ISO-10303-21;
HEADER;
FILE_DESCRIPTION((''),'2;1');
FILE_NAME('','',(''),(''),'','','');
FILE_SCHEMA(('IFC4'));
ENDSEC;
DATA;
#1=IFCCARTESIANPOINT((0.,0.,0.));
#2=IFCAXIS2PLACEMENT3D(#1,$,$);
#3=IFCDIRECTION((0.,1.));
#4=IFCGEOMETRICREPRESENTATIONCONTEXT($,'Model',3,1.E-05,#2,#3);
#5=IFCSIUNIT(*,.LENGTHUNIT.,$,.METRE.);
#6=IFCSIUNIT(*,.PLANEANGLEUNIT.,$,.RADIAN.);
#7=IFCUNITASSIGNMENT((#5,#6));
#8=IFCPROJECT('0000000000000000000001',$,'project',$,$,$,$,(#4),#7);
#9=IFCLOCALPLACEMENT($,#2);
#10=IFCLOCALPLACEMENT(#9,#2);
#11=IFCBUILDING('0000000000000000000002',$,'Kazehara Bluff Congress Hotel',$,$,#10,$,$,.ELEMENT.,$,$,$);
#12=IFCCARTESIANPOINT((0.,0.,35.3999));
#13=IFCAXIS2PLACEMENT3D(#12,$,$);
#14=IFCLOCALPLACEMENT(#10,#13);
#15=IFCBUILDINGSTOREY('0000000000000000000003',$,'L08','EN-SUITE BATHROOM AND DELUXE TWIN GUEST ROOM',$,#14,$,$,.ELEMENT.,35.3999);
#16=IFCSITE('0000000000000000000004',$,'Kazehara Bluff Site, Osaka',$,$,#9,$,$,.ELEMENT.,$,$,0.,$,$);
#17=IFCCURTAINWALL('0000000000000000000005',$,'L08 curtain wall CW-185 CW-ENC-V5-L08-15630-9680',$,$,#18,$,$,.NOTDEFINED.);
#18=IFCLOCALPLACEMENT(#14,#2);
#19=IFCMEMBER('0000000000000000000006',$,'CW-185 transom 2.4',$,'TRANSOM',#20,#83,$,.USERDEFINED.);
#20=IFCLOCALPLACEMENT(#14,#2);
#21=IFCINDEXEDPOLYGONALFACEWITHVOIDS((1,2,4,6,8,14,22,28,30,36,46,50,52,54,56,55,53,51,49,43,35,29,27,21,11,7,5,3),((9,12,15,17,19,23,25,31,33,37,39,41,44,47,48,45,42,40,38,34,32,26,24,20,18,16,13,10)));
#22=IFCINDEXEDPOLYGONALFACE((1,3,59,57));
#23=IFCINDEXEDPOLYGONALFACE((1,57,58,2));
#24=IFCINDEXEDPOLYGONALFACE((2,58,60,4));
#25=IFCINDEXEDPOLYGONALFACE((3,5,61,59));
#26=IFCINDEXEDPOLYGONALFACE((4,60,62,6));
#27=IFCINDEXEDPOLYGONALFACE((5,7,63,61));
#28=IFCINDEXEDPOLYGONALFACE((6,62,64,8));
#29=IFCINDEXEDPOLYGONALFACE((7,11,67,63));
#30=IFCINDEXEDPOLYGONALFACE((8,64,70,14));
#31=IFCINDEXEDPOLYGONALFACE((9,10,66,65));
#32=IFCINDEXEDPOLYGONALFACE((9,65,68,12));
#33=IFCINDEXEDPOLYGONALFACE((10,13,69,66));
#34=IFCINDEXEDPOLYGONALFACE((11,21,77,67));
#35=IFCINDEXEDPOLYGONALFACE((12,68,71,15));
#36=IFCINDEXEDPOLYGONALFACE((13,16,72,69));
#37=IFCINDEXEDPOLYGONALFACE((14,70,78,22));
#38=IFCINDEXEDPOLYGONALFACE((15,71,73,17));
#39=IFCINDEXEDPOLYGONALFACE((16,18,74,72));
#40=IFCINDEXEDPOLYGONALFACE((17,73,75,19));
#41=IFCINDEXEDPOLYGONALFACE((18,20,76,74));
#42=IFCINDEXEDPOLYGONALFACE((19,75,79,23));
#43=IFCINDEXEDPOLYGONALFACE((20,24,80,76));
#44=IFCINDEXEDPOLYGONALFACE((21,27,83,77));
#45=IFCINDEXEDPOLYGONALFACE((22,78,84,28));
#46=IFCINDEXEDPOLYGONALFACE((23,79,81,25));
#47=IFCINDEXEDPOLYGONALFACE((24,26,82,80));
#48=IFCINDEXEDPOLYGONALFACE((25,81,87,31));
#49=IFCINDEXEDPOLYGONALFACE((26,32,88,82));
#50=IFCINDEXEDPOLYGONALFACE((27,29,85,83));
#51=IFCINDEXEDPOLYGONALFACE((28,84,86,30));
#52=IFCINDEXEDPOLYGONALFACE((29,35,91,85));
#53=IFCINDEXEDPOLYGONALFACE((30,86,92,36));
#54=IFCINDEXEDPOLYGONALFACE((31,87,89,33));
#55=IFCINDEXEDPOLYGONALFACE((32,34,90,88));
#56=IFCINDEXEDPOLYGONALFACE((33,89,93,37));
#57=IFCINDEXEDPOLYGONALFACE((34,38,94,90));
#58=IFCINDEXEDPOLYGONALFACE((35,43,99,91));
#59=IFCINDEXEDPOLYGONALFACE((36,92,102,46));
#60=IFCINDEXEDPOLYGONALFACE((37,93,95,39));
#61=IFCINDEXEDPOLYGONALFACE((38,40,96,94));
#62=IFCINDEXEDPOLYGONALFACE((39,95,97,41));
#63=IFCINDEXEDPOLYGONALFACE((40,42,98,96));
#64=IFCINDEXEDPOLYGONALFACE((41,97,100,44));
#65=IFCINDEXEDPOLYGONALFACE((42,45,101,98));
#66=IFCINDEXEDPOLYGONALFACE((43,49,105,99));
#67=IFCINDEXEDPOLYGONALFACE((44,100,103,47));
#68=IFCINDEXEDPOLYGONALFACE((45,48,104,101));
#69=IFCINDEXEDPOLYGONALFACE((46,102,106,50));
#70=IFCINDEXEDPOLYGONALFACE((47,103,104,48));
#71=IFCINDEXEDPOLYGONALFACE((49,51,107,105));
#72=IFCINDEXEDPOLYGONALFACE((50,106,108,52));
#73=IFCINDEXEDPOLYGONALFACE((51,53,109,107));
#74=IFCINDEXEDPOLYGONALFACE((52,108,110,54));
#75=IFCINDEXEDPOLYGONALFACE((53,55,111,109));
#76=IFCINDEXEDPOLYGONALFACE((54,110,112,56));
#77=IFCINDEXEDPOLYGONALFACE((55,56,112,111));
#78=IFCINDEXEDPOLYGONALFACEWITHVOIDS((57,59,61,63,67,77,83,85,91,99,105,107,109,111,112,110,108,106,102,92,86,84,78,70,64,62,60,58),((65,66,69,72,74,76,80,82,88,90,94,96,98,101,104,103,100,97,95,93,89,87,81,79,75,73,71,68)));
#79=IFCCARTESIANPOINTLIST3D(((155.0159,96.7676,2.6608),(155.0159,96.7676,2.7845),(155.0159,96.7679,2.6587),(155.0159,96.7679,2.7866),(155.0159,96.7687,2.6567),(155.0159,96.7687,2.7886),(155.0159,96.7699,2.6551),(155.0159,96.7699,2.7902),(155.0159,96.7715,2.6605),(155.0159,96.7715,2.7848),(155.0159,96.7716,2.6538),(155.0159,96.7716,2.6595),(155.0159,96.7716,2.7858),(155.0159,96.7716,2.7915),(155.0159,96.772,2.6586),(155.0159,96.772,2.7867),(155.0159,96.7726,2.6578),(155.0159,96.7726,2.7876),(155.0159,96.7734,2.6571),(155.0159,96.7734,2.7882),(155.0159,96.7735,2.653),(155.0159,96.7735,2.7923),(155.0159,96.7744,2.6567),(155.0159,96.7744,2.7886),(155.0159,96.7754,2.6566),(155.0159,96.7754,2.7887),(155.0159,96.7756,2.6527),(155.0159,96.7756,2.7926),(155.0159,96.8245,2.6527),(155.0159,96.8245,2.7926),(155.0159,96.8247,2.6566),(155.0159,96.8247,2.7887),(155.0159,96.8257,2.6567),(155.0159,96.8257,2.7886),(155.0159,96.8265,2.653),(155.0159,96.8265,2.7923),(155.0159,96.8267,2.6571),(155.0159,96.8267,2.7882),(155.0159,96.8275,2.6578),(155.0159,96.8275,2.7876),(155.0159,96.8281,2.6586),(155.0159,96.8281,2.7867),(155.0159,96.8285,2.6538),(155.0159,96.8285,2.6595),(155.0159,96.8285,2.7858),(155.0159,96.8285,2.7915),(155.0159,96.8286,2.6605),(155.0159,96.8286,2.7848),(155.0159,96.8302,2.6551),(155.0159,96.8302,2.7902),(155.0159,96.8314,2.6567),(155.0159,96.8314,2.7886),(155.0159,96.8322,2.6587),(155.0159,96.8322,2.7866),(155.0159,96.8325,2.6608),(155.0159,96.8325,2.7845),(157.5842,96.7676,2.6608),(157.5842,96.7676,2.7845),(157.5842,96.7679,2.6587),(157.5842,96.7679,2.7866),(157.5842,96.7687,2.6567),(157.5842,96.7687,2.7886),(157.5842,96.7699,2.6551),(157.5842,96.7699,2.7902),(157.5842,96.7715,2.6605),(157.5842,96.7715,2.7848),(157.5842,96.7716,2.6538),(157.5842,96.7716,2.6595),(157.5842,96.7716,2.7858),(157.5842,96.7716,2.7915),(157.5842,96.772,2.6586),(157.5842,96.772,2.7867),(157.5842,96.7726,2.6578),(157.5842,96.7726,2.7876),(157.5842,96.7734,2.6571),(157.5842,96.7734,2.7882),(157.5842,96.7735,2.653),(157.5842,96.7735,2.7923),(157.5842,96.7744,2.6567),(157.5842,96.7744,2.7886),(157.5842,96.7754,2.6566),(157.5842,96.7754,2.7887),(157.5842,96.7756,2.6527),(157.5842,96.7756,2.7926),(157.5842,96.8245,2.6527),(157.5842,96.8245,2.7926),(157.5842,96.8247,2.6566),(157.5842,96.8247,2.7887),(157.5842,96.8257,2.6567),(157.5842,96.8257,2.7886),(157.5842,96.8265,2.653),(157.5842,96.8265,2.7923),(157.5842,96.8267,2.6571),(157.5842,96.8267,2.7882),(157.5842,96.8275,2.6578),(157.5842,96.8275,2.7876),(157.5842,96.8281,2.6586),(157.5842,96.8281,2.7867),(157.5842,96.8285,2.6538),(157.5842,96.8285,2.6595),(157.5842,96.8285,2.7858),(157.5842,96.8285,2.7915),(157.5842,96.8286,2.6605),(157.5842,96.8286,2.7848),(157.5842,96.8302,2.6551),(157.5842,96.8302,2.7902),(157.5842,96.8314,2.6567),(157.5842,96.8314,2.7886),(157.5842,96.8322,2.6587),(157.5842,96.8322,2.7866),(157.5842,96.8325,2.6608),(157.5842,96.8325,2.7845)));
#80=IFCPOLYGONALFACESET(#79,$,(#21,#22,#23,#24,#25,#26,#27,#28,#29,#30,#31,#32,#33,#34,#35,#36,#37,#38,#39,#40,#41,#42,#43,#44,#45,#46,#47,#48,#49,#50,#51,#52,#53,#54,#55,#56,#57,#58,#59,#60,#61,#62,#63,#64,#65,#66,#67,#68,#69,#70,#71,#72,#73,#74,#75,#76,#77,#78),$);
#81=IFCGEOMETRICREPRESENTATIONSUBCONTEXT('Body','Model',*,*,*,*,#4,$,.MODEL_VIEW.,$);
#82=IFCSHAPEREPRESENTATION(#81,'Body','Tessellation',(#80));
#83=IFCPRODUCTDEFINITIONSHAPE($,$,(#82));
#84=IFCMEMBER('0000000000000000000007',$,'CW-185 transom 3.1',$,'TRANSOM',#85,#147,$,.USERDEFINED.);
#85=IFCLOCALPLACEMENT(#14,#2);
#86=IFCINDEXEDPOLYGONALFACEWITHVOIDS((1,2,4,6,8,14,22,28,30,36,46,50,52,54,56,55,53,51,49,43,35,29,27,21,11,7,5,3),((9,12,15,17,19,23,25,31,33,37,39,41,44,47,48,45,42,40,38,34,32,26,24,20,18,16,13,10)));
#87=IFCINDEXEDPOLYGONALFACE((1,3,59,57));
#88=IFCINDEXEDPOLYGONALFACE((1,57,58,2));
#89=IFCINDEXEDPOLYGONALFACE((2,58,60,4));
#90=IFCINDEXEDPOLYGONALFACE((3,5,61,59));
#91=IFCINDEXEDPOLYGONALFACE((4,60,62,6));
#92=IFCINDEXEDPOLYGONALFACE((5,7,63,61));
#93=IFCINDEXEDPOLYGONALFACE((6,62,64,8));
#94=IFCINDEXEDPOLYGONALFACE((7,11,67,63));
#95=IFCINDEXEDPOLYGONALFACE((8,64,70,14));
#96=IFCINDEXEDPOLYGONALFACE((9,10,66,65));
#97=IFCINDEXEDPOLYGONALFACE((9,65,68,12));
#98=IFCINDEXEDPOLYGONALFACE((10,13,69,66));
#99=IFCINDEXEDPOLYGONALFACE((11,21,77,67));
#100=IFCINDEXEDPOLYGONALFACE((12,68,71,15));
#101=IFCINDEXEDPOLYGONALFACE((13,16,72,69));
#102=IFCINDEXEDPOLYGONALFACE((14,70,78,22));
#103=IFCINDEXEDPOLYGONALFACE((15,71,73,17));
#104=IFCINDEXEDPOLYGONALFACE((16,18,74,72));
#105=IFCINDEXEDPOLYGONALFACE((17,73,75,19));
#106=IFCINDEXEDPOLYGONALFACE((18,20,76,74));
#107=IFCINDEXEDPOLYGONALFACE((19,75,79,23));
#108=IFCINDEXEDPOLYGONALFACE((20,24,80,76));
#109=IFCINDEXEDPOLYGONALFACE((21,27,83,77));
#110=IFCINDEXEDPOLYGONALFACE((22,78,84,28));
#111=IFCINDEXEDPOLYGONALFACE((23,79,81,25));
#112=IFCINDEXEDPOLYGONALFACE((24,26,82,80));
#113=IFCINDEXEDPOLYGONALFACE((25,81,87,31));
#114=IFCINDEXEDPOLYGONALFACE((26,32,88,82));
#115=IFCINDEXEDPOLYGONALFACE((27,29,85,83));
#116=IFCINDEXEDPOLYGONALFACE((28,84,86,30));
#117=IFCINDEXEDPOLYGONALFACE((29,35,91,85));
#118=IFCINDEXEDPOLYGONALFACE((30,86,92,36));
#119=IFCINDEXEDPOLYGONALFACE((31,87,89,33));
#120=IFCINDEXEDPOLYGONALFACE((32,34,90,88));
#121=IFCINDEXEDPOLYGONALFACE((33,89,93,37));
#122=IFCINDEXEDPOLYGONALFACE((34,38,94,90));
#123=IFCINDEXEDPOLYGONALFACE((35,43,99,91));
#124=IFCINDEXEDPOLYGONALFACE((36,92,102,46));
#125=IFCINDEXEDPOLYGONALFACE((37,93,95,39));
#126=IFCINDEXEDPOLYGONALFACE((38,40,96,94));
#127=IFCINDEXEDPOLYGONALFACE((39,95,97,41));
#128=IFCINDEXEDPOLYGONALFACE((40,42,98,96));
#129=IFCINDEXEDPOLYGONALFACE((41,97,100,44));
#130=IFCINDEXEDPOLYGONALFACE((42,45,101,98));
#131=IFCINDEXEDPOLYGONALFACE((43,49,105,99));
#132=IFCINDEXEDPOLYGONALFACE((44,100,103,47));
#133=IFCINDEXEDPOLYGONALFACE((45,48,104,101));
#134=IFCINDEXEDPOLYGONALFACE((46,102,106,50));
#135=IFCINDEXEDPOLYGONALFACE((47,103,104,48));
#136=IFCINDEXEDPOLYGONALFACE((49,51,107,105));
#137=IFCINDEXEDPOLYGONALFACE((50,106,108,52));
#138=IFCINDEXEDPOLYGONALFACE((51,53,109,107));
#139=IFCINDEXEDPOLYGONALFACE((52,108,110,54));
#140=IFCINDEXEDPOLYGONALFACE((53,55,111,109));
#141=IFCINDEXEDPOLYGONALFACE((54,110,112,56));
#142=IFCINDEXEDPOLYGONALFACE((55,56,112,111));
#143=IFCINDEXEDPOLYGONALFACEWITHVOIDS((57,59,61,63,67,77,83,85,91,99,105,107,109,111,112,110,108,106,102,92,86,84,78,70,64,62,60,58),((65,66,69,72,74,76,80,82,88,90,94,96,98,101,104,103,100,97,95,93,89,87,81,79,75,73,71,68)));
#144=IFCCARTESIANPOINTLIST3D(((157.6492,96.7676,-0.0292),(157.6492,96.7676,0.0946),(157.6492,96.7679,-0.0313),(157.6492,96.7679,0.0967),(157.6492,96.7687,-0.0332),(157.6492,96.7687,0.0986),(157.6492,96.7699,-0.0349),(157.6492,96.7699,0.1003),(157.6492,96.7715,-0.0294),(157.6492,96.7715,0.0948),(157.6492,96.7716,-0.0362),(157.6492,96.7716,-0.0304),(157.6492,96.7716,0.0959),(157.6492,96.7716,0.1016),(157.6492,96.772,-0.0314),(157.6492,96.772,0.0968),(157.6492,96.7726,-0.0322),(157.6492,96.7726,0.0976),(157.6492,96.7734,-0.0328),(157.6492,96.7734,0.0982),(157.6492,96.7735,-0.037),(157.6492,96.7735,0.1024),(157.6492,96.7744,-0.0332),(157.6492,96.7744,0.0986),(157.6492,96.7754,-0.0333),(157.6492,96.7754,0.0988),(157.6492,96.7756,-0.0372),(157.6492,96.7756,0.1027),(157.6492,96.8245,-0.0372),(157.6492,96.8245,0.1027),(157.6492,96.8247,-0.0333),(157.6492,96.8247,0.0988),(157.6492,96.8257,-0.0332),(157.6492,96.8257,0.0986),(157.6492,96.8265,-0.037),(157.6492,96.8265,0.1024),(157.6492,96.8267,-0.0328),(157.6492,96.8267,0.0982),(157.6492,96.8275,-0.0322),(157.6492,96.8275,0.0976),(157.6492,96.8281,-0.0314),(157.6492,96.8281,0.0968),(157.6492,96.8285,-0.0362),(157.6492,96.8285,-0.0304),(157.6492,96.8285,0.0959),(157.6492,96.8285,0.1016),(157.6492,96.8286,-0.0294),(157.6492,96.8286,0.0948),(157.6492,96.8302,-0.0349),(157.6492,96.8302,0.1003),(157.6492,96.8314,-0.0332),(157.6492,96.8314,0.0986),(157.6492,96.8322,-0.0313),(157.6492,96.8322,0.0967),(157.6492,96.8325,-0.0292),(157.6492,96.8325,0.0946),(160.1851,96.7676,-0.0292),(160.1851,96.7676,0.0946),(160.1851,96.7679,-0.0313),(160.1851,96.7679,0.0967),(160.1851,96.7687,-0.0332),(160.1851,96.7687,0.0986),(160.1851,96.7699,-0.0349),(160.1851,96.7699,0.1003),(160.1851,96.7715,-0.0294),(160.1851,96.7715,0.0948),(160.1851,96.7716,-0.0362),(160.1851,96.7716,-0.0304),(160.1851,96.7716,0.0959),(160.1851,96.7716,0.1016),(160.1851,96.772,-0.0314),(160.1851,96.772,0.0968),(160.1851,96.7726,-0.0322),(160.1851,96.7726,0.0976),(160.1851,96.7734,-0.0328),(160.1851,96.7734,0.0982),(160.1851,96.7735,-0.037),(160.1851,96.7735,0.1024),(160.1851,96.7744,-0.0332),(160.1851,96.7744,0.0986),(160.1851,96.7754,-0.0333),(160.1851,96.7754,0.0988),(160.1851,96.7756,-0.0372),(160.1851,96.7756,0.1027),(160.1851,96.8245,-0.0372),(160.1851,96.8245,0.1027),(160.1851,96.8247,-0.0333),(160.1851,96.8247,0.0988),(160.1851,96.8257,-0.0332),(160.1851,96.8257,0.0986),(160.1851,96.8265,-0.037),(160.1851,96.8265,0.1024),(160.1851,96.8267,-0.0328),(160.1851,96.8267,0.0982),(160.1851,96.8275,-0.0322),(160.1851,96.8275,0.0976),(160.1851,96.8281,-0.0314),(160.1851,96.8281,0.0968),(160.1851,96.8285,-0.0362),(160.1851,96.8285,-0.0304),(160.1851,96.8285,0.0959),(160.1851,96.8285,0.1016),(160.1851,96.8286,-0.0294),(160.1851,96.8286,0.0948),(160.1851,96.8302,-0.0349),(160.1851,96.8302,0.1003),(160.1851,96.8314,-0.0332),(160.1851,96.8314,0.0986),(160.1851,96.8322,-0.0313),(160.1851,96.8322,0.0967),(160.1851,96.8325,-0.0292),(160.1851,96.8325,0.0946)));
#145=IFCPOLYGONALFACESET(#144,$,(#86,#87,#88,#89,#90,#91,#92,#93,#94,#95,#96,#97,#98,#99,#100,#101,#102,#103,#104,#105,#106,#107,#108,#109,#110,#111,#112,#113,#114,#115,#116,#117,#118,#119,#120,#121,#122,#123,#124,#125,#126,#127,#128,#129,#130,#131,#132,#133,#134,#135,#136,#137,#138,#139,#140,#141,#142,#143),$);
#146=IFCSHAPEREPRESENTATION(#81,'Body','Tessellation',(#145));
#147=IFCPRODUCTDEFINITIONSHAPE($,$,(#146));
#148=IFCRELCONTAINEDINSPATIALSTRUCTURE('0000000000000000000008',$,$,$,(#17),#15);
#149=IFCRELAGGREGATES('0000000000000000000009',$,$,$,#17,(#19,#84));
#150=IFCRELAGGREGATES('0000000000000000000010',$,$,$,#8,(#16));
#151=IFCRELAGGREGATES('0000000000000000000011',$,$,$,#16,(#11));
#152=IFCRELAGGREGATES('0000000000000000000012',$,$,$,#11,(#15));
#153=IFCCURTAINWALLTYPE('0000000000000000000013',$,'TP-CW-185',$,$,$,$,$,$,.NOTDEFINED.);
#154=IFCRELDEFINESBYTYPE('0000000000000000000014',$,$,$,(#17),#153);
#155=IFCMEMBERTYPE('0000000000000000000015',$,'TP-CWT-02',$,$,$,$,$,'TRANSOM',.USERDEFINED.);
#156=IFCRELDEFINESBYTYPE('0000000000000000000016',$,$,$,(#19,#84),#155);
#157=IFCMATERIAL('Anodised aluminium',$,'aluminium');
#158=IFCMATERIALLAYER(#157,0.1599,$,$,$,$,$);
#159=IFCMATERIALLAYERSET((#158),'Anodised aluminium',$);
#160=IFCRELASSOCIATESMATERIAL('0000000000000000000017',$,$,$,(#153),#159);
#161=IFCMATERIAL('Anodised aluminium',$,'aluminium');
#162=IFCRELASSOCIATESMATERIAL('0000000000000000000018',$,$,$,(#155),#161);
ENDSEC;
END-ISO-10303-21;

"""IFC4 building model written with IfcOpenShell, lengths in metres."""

from ifc_helpers import new_model, si_unit, direction, frame, origin, origin_2d, place, context, subcontext, project, spatial, hollow_rectangle, extrude, material, layer, layer_set, material_profile, profile_set, type_object, element, aggregate, save


model = new_model("IFC4")

# Units and contexts
model_context = context("Model", 3, precision=1e-05, world=origin(), true_north=direction((0.0, 1.0)))
body_context = subcontext(model_context, "Body", "Model", "MODEL_VIEW")
ifc_project = project(units=[si_unit("LENGTHUNIT", "METRE"), si_unit("PLANEANGLEUNIT", "RADIAN")], contexts=[model_context])

# Site, building, storey
site_placement = place(None, origin())
site = spatial("IfcSite", under=ifc_project, at=site_placement, Name="Kazehara Bluff Site, Osaka", CompositionType="ELEMENT", RefElevation=0.0)
building_placement = place(site_placement, origin())
building = spatial("IfcBuilding", under=site, at=building_placement, Name="Kazehara Bluff Congress Hotel", CompositionType="ELEMENT")
storey_placement = place(building_placement, frame((0.0, 0.0, 35.3999)))
storey = spatial("IfcBuildingStorey", under=building, at=storey_placement, Name="L08", Description="EN-SUITE BATHROOM AND DELUXE TWIN GUEST ROOM", CompositionType="ELEMENT", Elevation=35.3999)

# Curtain wall, members
ifc_material_1 = material(Name="Anodised aluminium", Category="aluminium")
ifc_layer_1 = layer(ifc_material_1, 0.1599)
ifc_layer_set_1 = layer_set([ifc_layer_1], Name="Anodised aluminium")
curtain_wall_type = type_object("IfcCurtainWallType", Name="TP-CW-185", PredefinedType="NOTDEFINED", material=ifc_layer_set_1)
curtain_wall_placement = place(storey_placement, origin())
curtain_wall = element("IfcCurtainWall", 1, at=curtain_wall_placement, inside=storey, type_object=curtain_wall_type, Name="L08 curtain wall CW-185 CW-ENC-V5-L08-15630-9680", PredefinedType="NOTDEFINED")
ifc_material_2 = material(Name="Anodised aluminium", Category="aluminium")
ifc_material_profile_1 = material_profile(ifc_material_2, hollow_rectangle(XDim=0.0649, YDim=0.1399, WallThickness=0.0039, InnerFilletRadius=0.0039, OuterFilletRadius=0.0081, at=origin_2d()))
ifc_profile_set_1 = profile_set([ifc_material_profile_1], Name="Anodised aluminium")
member_type_1 = type_object("IfcMemberType", Name="TP-CWT-02", ElementType="TRANSOM", PredefinedType="USERDEFINED", material=ifc_profile_set_1)
member_1_placement = place(storey_placement, frame((155.0159, 96.8, 2.7227), z_axis=(1.0, 0.0, 0.0), x_axis=(0.0, 1.0, 0.0)))
member_1 = element("IfcMember", 2, at=member_1_placement, type_object=member_type_1, Name="CW-185 transom 2.4", ObjectType="TRANSOM", PredefinedType="USERDEFINED", context=body_context, shape_type="SweptSolid", body=[
    extrude(hollow_rectangle(XDim=0.0649, YDim=0.1399, WallThickness=0.0039, InnerFilletRadius=0.0039, OuterFilletRadius=0.0081, at=origin_2d()), origin(), (0.0, 0.0, 1.0), 2.5684),
])
member_2_placement = place(storey_placement, frame((157.6492, 96.8, 0.0327), z_axis=(1.0, 0.0, 0.0), x_axis=(0.0, 1.0, 0.0)))
member_2 = element("IfcMember", 3, at=member_2_placement, type_object=member_type_1, Name="CW-185 transom 3.1", ObjectType="TRANSOM", PredefinedType="USERDEFINED", context=body_context, shape_type="SweptSolid", body=[
    extrude(hollow_rectangle(XDim=0.0649, YDim=0.1399, WallThickness=0.0039, InnerFilletRadius=0.0039, OuterFilletRadius=0.0081, at=origin_2d()), origin(), (0.0, 0.0, 1.0), 2.5359),
])
aggregate(curtain_wall, [member_1, member_2])

save(model, "model.ifc")
